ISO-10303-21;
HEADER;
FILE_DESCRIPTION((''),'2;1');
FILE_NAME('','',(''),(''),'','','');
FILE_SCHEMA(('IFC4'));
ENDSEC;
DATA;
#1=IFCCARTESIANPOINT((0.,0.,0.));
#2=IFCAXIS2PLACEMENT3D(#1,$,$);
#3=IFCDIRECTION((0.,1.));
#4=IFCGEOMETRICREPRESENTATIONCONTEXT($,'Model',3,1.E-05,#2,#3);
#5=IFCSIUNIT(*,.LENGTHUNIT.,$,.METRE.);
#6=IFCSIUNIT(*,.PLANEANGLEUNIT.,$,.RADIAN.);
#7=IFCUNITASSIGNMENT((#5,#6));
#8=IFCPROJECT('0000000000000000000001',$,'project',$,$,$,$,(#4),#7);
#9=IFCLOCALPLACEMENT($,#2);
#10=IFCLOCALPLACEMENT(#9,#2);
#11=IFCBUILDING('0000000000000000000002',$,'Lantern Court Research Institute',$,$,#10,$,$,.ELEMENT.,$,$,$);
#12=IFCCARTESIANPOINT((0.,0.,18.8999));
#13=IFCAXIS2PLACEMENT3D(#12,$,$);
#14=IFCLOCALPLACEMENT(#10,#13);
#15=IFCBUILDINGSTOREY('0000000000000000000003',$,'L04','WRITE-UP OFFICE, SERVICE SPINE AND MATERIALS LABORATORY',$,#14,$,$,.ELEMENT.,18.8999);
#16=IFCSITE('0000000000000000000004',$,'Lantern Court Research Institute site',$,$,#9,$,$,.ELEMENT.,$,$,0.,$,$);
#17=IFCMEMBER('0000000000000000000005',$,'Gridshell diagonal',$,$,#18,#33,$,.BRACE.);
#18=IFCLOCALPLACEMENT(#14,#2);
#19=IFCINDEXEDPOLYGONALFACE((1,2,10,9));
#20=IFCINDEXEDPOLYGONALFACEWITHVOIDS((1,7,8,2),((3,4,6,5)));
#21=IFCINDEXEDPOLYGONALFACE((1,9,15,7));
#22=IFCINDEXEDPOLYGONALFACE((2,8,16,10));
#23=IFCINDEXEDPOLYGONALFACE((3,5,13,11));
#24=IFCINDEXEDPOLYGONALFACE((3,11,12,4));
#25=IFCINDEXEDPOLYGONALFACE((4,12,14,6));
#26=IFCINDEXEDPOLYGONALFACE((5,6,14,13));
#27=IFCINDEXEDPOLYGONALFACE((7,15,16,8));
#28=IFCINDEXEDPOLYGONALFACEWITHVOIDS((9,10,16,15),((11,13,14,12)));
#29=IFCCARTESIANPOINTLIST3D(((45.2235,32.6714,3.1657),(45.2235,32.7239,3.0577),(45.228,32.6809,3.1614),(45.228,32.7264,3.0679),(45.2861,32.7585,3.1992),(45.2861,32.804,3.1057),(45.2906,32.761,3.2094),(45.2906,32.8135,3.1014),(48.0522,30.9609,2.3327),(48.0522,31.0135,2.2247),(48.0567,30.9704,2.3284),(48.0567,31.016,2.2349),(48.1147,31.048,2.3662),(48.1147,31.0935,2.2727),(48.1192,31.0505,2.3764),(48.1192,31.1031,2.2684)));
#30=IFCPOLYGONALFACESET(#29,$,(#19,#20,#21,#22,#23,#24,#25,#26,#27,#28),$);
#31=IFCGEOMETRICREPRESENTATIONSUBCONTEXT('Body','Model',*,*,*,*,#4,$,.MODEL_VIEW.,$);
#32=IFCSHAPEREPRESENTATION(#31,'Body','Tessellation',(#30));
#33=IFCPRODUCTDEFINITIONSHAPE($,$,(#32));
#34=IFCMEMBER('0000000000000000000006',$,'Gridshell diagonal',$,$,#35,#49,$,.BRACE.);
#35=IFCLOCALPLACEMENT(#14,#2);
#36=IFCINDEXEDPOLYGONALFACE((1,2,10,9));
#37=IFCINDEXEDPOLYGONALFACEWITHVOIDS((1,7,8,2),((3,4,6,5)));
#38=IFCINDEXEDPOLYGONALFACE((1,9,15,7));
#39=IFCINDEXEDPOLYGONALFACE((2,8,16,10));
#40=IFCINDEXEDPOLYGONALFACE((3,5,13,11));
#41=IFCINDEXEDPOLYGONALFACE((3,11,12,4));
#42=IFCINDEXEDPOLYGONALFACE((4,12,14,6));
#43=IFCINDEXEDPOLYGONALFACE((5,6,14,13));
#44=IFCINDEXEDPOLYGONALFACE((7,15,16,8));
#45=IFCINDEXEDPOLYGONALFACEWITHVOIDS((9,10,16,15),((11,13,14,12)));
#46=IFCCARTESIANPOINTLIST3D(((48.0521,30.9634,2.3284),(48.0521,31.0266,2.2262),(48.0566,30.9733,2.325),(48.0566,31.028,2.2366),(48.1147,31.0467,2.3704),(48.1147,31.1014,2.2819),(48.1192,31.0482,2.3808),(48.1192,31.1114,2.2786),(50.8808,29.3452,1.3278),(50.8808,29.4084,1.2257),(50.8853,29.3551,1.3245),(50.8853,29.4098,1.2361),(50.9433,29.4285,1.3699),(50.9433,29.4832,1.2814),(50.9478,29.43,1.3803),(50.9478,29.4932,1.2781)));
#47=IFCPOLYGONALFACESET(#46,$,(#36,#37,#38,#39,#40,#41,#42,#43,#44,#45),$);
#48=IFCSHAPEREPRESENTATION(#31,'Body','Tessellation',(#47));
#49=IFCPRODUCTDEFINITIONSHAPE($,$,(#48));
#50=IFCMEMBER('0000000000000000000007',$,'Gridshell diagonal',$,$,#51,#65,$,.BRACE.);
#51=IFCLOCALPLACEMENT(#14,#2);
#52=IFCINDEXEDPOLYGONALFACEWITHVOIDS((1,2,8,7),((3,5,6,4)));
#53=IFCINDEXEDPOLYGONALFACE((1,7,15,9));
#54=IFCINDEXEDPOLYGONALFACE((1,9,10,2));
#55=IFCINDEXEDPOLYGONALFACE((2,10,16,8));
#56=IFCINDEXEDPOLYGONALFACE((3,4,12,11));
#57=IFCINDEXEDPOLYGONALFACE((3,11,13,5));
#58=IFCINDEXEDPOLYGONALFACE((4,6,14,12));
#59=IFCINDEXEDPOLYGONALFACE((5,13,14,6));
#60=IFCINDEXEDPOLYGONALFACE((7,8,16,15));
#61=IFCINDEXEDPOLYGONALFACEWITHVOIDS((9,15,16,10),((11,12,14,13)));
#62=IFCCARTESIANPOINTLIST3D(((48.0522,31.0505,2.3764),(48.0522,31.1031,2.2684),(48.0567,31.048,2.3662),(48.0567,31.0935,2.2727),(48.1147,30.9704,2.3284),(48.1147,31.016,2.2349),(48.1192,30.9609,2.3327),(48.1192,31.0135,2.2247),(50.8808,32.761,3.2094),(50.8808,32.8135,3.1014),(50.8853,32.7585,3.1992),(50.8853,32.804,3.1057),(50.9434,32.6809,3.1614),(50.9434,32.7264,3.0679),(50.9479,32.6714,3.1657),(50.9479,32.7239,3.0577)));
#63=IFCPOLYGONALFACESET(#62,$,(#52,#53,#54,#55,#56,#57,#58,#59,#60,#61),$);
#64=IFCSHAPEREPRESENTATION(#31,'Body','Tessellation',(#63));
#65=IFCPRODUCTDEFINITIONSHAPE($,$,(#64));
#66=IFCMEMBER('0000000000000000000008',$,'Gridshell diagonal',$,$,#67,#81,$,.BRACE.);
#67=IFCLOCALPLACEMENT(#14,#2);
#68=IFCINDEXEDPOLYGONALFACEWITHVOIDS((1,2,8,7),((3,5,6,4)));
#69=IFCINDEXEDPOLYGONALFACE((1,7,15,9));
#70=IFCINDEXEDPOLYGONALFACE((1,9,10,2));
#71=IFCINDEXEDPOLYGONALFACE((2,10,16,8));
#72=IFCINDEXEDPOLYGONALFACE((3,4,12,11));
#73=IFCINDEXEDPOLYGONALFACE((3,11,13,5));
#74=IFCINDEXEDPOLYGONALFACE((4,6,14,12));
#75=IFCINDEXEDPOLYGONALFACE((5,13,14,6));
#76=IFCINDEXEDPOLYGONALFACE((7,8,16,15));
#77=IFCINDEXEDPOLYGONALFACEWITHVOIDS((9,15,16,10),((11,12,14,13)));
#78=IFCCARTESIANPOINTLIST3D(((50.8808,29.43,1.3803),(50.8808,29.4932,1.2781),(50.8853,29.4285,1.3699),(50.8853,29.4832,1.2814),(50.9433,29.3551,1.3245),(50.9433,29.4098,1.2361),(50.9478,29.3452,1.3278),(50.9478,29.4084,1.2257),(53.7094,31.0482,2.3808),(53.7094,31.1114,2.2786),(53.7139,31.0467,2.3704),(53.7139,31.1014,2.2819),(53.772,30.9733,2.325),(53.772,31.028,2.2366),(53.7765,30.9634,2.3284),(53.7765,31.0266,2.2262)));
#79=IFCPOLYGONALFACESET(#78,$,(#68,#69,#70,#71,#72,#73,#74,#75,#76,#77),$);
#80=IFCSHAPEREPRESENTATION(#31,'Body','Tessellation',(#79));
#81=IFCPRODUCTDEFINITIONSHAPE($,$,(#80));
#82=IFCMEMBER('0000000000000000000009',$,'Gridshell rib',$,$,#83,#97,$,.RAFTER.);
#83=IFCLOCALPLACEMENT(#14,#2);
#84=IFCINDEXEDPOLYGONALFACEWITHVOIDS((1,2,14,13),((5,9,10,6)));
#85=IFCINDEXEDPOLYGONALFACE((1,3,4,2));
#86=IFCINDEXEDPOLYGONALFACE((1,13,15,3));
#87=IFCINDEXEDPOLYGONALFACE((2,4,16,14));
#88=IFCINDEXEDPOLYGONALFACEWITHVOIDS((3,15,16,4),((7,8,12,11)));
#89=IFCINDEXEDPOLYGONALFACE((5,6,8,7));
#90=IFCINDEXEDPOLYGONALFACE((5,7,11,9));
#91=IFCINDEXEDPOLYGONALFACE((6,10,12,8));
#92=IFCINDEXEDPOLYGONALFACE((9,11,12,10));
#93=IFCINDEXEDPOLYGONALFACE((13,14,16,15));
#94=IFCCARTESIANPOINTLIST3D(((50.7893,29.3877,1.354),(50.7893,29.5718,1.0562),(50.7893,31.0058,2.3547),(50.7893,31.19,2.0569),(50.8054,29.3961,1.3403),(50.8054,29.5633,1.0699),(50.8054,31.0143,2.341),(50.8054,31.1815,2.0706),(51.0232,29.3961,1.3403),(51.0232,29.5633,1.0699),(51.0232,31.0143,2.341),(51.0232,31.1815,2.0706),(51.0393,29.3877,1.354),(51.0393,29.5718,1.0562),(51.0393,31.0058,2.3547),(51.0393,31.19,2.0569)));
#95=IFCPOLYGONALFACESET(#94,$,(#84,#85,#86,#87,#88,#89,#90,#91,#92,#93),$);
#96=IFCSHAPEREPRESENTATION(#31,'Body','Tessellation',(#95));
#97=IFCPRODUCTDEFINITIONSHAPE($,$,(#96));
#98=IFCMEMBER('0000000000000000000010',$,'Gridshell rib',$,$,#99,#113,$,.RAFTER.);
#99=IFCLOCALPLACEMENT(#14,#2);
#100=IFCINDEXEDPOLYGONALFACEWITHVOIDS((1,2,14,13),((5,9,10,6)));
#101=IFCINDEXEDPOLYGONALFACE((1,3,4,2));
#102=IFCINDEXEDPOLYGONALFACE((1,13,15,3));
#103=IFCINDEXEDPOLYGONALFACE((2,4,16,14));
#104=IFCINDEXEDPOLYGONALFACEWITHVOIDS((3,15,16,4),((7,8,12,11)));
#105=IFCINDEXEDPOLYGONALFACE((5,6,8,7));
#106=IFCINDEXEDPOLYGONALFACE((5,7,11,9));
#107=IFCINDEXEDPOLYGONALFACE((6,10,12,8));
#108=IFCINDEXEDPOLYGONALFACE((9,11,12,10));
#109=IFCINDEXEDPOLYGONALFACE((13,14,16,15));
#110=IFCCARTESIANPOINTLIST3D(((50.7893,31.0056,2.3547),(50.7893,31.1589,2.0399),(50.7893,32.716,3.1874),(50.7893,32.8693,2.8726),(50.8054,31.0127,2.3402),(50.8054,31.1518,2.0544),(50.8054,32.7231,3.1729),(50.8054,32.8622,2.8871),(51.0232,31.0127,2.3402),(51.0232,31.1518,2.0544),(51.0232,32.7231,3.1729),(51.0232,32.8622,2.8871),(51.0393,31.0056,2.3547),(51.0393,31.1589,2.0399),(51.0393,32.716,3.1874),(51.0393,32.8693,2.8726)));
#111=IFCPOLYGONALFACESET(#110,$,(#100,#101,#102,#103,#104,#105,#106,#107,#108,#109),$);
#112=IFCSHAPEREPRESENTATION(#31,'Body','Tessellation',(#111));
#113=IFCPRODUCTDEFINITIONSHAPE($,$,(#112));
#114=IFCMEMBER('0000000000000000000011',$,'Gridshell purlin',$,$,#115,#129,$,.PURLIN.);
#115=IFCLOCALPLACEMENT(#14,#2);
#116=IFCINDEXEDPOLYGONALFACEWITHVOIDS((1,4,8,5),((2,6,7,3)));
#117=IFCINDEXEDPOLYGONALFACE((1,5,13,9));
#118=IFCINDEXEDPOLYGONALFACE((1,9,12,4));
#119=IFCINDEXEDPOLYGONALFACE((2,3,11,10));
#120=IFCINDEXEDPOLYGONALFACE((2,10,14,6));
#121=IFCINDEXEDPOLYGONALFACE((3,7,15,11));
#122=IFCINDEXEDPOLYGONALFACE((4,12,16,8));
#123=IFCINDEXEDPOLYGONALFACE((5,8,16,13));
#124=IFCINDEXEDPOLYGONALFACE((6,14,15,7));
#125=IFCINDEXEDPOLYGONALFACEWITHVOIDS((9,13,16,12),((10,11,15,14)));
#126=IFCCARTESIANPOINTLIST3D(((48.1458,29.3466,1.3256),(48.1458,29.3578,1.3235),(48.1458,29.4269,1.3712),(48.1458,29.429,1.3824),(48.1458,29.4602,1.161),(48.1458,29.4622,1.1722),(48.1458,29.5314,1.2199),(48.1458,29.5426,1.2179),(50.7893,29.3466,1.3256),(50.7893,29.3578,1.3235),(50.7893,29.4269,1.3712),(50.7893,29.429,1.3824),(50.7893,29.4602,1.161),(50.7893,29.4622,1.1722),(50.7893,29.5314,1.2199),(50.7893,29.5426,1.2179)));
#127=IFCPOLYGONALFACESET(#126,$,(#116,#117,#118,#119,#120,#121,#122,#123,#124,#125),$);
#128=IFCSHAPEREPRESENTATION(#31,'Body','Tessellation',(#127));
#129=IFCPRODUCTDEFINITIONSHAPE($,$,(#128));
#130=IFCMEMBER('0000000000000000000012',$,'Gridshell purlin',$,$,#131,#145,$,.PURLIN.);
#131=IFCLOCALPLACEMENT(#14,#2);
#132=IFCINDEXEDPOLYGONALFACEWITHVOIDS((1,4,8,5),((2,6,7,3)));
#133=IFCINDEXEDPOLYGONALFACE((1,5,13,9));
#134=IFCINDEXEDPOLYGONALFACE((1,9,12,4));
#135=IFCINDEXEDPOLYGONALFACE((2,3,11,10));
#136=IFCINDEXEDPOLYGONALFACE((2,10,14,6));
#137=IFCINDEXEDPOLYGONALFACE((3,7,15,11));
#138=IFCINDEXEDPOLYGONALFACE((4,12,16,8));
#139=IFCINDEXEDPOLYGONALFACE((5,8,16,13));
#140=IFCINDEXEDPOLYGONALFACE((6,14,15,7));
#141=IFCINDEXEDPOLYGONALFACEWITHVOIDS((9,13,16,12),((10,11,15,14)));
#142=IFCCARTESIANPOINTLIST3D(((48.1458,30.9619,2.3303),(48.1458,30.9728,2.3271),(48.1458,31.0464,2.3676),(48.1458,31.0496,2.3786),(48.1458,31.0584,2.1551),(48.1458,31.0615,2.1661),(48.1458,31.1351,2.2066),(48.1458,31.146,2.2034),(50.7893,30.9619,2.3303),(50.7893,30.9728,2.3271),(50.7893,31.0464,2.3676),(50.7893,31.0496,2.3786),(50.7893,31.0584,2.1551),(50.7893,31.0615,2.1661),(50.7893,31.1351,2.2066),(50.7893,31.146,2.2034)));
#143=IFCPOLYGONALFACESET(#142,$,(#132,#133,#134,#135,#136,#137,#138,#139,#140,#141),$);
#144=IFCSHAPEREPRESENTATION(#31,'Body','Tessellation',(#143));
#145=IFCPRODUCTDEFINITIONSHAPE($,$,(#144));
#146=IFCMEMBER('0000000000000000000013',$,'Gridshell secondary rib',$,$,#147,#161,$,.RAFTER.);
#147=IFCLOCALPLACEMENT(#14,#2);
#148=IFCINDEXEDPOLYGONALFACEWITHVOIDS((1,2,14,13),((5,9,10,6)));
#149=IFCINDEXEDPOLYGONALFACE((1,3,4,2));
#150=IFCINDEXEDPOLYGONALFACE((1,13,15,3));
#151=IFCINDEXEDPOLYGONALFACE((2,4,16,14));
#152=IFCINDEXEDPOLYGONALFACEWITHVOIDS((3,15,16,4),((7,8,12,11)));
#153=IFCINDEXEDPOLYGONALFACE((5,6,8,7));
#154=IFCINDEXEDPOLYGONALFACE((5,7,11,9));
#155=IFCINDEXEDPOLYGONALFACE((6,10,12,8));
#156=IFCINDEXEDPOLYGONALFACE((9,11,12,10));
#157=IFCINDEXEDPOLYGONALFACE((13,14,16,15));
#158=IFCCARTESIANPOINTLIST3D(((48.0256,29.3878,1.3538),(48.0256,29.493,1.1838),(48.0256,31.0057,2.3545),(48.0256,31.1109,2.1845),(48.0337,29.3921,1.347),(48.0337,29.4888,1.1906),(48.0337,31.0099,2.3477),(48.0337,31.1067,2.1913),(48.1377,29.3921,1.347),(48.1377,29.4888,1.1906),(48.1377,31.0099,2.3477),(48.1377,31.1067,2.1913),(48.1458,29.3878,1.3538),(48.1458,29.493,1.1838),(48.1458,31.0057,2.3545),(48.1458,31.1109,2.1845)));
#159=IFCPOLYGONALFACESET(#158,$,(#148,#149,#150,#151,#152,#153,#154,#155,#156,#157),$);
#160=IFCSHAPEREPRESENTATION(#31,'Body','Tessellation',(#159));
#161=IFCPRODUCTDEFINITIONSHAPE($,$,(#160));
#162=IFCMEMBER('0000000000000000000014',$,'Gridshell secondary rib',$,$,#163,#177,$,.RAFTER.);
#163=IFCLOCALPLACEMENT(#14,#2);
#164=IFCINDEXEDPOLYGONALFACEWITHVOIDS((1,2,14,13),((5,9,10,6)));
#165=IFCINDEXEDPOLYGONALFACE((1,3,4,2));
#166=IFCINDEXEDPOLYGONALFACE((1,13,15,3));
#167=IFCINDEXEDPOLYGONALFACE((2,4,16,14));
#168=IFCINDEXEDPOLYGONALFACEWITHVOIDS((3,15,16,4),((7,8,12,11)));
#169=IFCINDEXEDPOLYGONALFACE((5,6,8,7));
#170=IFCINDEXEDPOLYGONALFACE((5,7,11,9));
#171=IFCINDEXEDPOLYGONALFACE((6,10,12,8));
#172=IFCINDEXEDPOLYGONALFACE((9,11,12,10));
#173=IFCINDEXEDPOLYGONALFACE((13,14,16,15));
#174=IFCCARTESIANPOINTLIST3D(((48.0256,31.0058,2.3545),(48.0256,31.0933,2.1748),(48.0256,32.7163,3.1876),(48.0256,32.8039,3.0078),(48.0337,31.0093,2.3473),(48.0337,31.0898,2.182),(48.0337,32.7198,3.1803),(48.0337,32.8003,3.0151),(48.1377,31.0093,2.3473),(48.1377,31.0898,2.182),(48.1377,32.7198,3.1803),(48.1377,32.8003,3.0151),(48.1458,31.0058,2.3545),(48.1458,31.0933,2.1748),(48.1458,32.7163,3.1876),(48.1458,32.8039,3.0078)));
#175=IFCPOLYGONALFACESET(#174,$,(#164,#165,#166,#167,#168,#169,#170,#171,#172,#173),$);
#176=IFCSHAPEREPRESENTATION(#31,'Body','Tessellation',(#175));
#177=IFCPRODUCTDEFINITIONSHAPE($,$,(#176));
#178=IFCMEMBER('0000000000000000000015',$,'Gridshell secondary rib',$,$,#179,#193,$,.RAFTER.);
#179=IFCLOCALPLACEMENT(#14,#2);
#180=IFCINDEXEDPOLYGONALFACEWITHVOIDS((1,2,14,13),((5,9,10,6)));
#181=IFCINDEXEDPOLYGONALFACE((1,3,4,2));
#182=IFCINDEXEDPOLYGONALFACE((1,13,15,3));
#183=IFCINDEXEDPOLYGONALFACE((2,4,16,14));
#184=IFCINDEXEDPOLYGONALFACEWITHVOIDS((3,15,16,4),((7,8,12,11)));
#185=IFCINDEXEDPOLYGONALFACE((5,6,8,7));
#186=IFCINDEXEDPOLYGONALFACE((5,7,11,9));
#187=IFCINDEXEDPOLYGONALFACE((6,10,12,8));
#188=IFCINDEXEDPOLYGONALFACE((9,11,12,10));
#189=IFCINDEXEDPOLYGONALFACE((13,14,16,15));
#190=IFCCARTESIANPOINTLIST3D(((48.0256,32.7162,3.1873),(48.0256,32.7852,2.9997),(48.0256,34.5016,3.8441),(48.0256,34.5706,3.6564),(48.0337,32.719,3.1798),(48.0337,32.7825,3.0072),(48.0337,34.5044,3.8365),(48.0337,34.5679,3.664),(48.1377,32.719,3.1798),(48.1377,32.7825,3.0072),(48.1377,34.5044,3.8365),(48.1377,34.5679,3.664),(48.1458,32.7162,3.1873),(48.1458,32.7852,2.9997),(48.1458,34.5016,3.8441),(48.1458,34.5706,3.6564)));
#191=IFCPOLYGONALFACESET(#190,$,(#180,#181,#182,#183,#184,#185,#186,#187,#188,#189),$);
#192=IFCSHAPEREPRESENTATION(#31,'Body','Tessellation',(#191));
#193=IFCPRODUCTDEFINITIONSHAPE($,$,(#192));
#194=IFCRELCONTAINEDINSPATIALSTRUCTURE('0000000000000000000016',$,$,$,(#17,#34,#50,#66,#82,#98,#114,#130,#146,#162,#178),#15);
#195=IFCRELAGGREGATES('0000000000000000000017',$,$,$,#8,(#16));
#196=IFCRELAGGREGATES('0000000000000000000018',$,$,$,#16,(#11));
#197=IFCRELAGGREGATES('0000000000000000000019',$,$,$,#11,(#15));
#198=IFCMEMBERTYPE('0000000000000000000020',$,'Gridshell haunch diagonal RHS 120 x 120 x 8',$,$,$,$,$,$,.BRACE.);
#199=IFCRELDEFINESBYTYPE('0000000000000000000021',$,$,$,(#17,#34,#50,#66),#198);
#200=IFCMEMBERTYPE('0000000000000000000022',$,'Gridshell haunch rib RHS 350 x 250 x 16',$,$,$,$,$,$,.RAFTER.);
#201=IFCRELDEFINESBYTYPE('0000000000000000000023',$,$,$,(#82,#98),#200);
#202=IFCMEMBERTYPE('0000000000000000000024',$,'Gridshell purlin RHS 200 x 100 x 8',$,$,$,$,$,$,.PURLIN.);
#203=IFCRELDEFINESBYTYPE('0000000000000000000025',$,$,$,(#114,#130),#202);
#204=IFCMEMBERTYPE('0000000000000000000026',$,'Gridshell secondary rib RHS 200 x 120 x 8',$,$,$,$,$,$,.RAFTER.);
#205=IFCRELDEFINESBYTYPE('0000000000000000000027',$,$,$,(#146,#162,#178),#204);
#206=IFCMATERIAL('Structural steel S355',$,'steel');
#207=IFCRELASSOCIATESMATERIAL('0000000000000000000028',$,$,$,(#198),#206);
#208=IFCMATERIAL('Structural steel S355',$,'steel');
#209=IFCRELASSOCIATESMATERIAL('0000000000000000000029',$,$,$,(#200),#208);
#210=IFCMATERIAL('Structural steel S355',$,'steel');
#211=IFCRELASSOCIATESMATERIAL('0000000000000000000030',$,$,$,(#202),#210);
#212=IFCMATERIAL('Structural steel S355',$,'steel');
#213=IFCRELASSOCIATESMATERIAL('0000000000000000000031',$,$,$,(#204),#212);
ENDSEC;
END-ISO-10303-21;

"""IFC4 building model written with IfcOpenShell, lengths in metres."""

from ifc_helpers import new_model, si_unit, direction, frame, origin, origin_2d, place, context, subcontext, project, spatial, hollow_rectangle, extrude, material, material_profile, profile_set, type_object, element, save


model = new_model("IFC4")

# Units and contexts
model_context = context("Model", 3, precision=1e-05, world=origin(), true_north=direction((0.0, 1.0)))
body_context = subcontext(model_context, "Body", "Model", "MODEL_VIEW")
ifc_project = project(units=[si_unit("LENGTHUNIT", "METRE"), si_unit("PLANEANGLEUNIT", "RADIAN")], contexts=[model_context])

# Site, building, storey
site_placement = place(None, origin())
site = spatial("IfcSite", under=ifc_project, at=site_placement, Name="Lantern Court Research Institute site", CompositionType="ELEMENT", RefElevation=0.0)
building_placement = place(site_placement, origin())
building = spatial("IfcBuilding", under=site, at=building_placement, Name="Lantern Court Research Institute", CompositionType="ELEMENT")
storey_placement = place(building_placement, frame((0.0, 0.0, 18.8999)))
storey = spatial("IfcBuildingStorey", under=building, at=storey_placement, Name="L04", Description="WRITE-UP OFFICE, SERVICE SPINE AND MATERIALS LABORATORY", CompositionType="ELEMENT", Elevation=18.8999)

# Members
ifc_material_1 = material(Name="Structural steel S355", Category="steel")
ifc_material_profile_1 = material_profile(ifc_material_1, hollow_rectangle(XDim=0.1201, YDim=0.1201, WallThickness=0.0081, at=origin_2d()), Name="Gridshell haunch diagonal RHS 120 x 120 x 8")
ifc_profile_set_1 = profile_set([ifc_material_profile_1], Name="Structural steel S355")
member_type_1 = type_object("IfcMemberType", Name="Gridshell haunch diagonal RHS 120 x 120 x 8", PredefinedType="BRACE", material=ifc_profile_set_1)
for number, where, z_axis, x_axis, name in (
    (1, (48.0857, 31.032, 2.3005), (-0.829773, 0.50176, 0.244363), (-0.558101, -0.746025, -0.363277), "Gridshell diagonal"),
    (2, (50.9143, 29.4192, 1.303), (-0.829777, 0.47469, 0.293494), (-0.558095, -0.705724, -0.436444), "Gridshell diagonal"),
    (3, (48.0857, 31.032, 2.3005), (0.829773, 0.50176, 0.244363), (-0.558101, 0.746025, 0.363277), "Gridshell diagonal"),
    (4, (50.9143, 29.4192, 1.303), (0.829777, 0.47469, 0.293494), (-0.558095, 0.705724, 0.436444), "Gridshell diagonal"),
):
    element("IfcMember", number, at=place(storey_placement, frame(where, z_axis=z_axis, x_axis=x_axis)), inside=storey, type_object=member_type_1, Name=name, PredefinedType="BRACE", context=body_context, shape_type="SweptSolid", body=[
        extrude(hollow_rectangle(XDim=0.1201, YDim=0.1201, WallThickness=0.0081, at=origin_2d()), origin(), (0.0, 0.0, 1.0), 3.4089),
    ])
ifc_material_2 = material(Name="Structural steel S355", Category="steel")
ifc_material_profile_2 = material_profile(ifc_material_2, hollow_rectangle(XDim=0.25, YDim=0.3501, WallThickness=0.0161, at=origin_2d()), Name="Gridshell haunch rib RHS 350 x 250 x 16")
ifc_profile_set_2 = profile_set([ifc_material_profile_2], Name="Structural steel S355")
member_type_2 = type_object("IfcMemberType", Name="Gridshell haunch rib RHS 350 x 250 x 16", PredefinedType="RAFTER", material=ifc_profile_set_2)
member_1_placement = place(storey_placement, frame((50.9143, 29.4797, 1.2051), z_axis=(0.0, 0.850498, 0.525979), x_axis=(-1.0, 0.0, 0.0)))
element("IfcMember", 5, at=member_1_placement, inside=storey, type_object=member_type_2, Name="Gridshell rib", PredefinedType="RAFTER", context=body_context, shape_type="SweptSolid", body=[
    extrude(hollow_rectangle(XDim=0.25, YDim=0.3501, WallThickness=0.0161, at=origin_2d()), origin(), (0.0, 0.0, 1.0), 1.9026),
])
member_2_placement = place(storey_placement, frame((50.9143, 31.0823, 2.1973), z_axis=(0.0, 0.8991, 0.437743), x_axis=(-1.0, 0.0, 0.0)))
element("IfcMember", 6, at=member_2_placement, inside=storey, type_object=member_type_2, Name="Gridshell rib", PredefinedType="RAFTER", context=body_context, shape_type="SweptSolid", body=[
    extrude(hollow_rectangle(XDim=0.25, YDim=0.3501, WallThickness=0.0161, at=origin_2d()), origin(), (0.0, 0.0, 1.0), 1.9023),
])
ifc_material_3 = material(Name="Structural steel S355", Category="steel")
ifc_material_profile_3 = material_profile(ifc_material_3, hollow_rectangle(XDim=0.1001, YDim=0.2, WallThickness=0.0081, at=origin_2d()), Name="Gridshell purlin RHS 200 x 100 x 8")
ifc_profile_set_3 = profile_set([ifc_material_profile_3], Name="Structural steel S355")
member_type_3 = type_object("IfcMemberType", Name="Gridshell purlin RHS 200 x 100 x 8", PredefinedType="PURLIN", material=ifc_profile_set_3)
for number, where, z_axis, x_axis, name in (
    (7, (48.1458, 29.4446, 1.2717), (1.0, 0.0, 0.0), (0.0, 0.822954, 0.568108), "Gridshell purlin"),
    (8, (48.1458, 31.054, 2.2668), (1.0, 0.0, 0.0), (0.0, 0.875897, 0.482497), "Gridshell purlin"),
):
    element("IfcMember", number, at=place(storey_placement, frame(where, z_axis=z_axis, x_axis=x_axis)), inside=storey, type_object=member_type_3, Name=name, PredefinedType="PURLIN", context=body_context, shape_type="SweptSolid", body=[
        extrude(hollow_rectangle(XDim=0.1001, YDim=0.2, WallThickness=0.0081, at=origin_2d()), origin(), (0.0, 0.0, 1.0), 2.6436),
    ])
ifc_material_4 = material(Name="Structural steel S355", Category="steel")
ifc_material_profile_4 = material_profile(ifc_material_4, hollow_rectangle(XDim=0.1201, YDim=0.2, WallThickness=0.0081, at=origin_2d()), Name="Gridshell secondary rib RHS 200 x 120 x 8")
ifc_profile_set_4 = profile_set([ifc_material_profile_4], Name="Structural steel S355")
member_type_4 = type_object("IfcMemberType", Name="Gridshell secondary rib RHS 200 x 120 x 8", PredefinedType="RAFTER", material=ifc_profile_set_4)
member_3_placement = place(storey_placement, frame((48.0857, 29.4404, 1.2688), z_axis=(0.0, 0.850462, 0.526036), x_axis=(-1.0, 0.0, 0.0)))
element("IfcMember", 9, at=member_3_placement, inside=storey, type_object=member_type_4, Name="Gridshell secondary rib", PredefinedType="RAFTER", context=body_context, shape_type="SweptSolid", body=[
    extrude(hollow_rectangle(XDim=0.1201, YDim=0.2, WallThickness=0.0081, at=origin_2d()), origin(), (0.0, 0.0, 1.0), 1.9023),
])
member_4_placement = place(storey_placement, frame((48.0857, 31.0496, 2.2646), z_axis=(0.0, 0.899049, 0.437847), x_axis=(-1.0, 0.0, 0.0)))
element("IfcMember", 10, at=member_4_placement, inside=storey, type_object=member_type_4, Name="Gridshell secondary rib", PredefinedType="RAFTER", context=body_context, shape_type="SweptSolid", body=[
    extrude(hollow_rectangle(XDim=0.1201, YDim=0.2, WallThickness=0.0081, at=origin_2d()), origin(), (0.0, 0.0, 1.0), 1.9026),
])
member_5_placement = place(storey_placement, frame((48.0857, 32.7507, 3.0935), z_axis=(0.0, 0.93852, 0.345224), x_axis=(-1.0, 0.0, 0.0)))
element("IfcMember", 11, at=member_5_placement, inside=storey, type_object=member_type_4, Name="Gridshell secondary rib", PredefinedType="RAFTER", context=body_context, shape_type="SweptSolid", body=[
    extrude(hollow_rectangle(XDim=0.1201, YDim=0.2, WallThickness=0.0081, at=origin_2d()), origin(), (0.0, 0.0, 1.0), 1.9023),
])

save(model, "model.ifc")
